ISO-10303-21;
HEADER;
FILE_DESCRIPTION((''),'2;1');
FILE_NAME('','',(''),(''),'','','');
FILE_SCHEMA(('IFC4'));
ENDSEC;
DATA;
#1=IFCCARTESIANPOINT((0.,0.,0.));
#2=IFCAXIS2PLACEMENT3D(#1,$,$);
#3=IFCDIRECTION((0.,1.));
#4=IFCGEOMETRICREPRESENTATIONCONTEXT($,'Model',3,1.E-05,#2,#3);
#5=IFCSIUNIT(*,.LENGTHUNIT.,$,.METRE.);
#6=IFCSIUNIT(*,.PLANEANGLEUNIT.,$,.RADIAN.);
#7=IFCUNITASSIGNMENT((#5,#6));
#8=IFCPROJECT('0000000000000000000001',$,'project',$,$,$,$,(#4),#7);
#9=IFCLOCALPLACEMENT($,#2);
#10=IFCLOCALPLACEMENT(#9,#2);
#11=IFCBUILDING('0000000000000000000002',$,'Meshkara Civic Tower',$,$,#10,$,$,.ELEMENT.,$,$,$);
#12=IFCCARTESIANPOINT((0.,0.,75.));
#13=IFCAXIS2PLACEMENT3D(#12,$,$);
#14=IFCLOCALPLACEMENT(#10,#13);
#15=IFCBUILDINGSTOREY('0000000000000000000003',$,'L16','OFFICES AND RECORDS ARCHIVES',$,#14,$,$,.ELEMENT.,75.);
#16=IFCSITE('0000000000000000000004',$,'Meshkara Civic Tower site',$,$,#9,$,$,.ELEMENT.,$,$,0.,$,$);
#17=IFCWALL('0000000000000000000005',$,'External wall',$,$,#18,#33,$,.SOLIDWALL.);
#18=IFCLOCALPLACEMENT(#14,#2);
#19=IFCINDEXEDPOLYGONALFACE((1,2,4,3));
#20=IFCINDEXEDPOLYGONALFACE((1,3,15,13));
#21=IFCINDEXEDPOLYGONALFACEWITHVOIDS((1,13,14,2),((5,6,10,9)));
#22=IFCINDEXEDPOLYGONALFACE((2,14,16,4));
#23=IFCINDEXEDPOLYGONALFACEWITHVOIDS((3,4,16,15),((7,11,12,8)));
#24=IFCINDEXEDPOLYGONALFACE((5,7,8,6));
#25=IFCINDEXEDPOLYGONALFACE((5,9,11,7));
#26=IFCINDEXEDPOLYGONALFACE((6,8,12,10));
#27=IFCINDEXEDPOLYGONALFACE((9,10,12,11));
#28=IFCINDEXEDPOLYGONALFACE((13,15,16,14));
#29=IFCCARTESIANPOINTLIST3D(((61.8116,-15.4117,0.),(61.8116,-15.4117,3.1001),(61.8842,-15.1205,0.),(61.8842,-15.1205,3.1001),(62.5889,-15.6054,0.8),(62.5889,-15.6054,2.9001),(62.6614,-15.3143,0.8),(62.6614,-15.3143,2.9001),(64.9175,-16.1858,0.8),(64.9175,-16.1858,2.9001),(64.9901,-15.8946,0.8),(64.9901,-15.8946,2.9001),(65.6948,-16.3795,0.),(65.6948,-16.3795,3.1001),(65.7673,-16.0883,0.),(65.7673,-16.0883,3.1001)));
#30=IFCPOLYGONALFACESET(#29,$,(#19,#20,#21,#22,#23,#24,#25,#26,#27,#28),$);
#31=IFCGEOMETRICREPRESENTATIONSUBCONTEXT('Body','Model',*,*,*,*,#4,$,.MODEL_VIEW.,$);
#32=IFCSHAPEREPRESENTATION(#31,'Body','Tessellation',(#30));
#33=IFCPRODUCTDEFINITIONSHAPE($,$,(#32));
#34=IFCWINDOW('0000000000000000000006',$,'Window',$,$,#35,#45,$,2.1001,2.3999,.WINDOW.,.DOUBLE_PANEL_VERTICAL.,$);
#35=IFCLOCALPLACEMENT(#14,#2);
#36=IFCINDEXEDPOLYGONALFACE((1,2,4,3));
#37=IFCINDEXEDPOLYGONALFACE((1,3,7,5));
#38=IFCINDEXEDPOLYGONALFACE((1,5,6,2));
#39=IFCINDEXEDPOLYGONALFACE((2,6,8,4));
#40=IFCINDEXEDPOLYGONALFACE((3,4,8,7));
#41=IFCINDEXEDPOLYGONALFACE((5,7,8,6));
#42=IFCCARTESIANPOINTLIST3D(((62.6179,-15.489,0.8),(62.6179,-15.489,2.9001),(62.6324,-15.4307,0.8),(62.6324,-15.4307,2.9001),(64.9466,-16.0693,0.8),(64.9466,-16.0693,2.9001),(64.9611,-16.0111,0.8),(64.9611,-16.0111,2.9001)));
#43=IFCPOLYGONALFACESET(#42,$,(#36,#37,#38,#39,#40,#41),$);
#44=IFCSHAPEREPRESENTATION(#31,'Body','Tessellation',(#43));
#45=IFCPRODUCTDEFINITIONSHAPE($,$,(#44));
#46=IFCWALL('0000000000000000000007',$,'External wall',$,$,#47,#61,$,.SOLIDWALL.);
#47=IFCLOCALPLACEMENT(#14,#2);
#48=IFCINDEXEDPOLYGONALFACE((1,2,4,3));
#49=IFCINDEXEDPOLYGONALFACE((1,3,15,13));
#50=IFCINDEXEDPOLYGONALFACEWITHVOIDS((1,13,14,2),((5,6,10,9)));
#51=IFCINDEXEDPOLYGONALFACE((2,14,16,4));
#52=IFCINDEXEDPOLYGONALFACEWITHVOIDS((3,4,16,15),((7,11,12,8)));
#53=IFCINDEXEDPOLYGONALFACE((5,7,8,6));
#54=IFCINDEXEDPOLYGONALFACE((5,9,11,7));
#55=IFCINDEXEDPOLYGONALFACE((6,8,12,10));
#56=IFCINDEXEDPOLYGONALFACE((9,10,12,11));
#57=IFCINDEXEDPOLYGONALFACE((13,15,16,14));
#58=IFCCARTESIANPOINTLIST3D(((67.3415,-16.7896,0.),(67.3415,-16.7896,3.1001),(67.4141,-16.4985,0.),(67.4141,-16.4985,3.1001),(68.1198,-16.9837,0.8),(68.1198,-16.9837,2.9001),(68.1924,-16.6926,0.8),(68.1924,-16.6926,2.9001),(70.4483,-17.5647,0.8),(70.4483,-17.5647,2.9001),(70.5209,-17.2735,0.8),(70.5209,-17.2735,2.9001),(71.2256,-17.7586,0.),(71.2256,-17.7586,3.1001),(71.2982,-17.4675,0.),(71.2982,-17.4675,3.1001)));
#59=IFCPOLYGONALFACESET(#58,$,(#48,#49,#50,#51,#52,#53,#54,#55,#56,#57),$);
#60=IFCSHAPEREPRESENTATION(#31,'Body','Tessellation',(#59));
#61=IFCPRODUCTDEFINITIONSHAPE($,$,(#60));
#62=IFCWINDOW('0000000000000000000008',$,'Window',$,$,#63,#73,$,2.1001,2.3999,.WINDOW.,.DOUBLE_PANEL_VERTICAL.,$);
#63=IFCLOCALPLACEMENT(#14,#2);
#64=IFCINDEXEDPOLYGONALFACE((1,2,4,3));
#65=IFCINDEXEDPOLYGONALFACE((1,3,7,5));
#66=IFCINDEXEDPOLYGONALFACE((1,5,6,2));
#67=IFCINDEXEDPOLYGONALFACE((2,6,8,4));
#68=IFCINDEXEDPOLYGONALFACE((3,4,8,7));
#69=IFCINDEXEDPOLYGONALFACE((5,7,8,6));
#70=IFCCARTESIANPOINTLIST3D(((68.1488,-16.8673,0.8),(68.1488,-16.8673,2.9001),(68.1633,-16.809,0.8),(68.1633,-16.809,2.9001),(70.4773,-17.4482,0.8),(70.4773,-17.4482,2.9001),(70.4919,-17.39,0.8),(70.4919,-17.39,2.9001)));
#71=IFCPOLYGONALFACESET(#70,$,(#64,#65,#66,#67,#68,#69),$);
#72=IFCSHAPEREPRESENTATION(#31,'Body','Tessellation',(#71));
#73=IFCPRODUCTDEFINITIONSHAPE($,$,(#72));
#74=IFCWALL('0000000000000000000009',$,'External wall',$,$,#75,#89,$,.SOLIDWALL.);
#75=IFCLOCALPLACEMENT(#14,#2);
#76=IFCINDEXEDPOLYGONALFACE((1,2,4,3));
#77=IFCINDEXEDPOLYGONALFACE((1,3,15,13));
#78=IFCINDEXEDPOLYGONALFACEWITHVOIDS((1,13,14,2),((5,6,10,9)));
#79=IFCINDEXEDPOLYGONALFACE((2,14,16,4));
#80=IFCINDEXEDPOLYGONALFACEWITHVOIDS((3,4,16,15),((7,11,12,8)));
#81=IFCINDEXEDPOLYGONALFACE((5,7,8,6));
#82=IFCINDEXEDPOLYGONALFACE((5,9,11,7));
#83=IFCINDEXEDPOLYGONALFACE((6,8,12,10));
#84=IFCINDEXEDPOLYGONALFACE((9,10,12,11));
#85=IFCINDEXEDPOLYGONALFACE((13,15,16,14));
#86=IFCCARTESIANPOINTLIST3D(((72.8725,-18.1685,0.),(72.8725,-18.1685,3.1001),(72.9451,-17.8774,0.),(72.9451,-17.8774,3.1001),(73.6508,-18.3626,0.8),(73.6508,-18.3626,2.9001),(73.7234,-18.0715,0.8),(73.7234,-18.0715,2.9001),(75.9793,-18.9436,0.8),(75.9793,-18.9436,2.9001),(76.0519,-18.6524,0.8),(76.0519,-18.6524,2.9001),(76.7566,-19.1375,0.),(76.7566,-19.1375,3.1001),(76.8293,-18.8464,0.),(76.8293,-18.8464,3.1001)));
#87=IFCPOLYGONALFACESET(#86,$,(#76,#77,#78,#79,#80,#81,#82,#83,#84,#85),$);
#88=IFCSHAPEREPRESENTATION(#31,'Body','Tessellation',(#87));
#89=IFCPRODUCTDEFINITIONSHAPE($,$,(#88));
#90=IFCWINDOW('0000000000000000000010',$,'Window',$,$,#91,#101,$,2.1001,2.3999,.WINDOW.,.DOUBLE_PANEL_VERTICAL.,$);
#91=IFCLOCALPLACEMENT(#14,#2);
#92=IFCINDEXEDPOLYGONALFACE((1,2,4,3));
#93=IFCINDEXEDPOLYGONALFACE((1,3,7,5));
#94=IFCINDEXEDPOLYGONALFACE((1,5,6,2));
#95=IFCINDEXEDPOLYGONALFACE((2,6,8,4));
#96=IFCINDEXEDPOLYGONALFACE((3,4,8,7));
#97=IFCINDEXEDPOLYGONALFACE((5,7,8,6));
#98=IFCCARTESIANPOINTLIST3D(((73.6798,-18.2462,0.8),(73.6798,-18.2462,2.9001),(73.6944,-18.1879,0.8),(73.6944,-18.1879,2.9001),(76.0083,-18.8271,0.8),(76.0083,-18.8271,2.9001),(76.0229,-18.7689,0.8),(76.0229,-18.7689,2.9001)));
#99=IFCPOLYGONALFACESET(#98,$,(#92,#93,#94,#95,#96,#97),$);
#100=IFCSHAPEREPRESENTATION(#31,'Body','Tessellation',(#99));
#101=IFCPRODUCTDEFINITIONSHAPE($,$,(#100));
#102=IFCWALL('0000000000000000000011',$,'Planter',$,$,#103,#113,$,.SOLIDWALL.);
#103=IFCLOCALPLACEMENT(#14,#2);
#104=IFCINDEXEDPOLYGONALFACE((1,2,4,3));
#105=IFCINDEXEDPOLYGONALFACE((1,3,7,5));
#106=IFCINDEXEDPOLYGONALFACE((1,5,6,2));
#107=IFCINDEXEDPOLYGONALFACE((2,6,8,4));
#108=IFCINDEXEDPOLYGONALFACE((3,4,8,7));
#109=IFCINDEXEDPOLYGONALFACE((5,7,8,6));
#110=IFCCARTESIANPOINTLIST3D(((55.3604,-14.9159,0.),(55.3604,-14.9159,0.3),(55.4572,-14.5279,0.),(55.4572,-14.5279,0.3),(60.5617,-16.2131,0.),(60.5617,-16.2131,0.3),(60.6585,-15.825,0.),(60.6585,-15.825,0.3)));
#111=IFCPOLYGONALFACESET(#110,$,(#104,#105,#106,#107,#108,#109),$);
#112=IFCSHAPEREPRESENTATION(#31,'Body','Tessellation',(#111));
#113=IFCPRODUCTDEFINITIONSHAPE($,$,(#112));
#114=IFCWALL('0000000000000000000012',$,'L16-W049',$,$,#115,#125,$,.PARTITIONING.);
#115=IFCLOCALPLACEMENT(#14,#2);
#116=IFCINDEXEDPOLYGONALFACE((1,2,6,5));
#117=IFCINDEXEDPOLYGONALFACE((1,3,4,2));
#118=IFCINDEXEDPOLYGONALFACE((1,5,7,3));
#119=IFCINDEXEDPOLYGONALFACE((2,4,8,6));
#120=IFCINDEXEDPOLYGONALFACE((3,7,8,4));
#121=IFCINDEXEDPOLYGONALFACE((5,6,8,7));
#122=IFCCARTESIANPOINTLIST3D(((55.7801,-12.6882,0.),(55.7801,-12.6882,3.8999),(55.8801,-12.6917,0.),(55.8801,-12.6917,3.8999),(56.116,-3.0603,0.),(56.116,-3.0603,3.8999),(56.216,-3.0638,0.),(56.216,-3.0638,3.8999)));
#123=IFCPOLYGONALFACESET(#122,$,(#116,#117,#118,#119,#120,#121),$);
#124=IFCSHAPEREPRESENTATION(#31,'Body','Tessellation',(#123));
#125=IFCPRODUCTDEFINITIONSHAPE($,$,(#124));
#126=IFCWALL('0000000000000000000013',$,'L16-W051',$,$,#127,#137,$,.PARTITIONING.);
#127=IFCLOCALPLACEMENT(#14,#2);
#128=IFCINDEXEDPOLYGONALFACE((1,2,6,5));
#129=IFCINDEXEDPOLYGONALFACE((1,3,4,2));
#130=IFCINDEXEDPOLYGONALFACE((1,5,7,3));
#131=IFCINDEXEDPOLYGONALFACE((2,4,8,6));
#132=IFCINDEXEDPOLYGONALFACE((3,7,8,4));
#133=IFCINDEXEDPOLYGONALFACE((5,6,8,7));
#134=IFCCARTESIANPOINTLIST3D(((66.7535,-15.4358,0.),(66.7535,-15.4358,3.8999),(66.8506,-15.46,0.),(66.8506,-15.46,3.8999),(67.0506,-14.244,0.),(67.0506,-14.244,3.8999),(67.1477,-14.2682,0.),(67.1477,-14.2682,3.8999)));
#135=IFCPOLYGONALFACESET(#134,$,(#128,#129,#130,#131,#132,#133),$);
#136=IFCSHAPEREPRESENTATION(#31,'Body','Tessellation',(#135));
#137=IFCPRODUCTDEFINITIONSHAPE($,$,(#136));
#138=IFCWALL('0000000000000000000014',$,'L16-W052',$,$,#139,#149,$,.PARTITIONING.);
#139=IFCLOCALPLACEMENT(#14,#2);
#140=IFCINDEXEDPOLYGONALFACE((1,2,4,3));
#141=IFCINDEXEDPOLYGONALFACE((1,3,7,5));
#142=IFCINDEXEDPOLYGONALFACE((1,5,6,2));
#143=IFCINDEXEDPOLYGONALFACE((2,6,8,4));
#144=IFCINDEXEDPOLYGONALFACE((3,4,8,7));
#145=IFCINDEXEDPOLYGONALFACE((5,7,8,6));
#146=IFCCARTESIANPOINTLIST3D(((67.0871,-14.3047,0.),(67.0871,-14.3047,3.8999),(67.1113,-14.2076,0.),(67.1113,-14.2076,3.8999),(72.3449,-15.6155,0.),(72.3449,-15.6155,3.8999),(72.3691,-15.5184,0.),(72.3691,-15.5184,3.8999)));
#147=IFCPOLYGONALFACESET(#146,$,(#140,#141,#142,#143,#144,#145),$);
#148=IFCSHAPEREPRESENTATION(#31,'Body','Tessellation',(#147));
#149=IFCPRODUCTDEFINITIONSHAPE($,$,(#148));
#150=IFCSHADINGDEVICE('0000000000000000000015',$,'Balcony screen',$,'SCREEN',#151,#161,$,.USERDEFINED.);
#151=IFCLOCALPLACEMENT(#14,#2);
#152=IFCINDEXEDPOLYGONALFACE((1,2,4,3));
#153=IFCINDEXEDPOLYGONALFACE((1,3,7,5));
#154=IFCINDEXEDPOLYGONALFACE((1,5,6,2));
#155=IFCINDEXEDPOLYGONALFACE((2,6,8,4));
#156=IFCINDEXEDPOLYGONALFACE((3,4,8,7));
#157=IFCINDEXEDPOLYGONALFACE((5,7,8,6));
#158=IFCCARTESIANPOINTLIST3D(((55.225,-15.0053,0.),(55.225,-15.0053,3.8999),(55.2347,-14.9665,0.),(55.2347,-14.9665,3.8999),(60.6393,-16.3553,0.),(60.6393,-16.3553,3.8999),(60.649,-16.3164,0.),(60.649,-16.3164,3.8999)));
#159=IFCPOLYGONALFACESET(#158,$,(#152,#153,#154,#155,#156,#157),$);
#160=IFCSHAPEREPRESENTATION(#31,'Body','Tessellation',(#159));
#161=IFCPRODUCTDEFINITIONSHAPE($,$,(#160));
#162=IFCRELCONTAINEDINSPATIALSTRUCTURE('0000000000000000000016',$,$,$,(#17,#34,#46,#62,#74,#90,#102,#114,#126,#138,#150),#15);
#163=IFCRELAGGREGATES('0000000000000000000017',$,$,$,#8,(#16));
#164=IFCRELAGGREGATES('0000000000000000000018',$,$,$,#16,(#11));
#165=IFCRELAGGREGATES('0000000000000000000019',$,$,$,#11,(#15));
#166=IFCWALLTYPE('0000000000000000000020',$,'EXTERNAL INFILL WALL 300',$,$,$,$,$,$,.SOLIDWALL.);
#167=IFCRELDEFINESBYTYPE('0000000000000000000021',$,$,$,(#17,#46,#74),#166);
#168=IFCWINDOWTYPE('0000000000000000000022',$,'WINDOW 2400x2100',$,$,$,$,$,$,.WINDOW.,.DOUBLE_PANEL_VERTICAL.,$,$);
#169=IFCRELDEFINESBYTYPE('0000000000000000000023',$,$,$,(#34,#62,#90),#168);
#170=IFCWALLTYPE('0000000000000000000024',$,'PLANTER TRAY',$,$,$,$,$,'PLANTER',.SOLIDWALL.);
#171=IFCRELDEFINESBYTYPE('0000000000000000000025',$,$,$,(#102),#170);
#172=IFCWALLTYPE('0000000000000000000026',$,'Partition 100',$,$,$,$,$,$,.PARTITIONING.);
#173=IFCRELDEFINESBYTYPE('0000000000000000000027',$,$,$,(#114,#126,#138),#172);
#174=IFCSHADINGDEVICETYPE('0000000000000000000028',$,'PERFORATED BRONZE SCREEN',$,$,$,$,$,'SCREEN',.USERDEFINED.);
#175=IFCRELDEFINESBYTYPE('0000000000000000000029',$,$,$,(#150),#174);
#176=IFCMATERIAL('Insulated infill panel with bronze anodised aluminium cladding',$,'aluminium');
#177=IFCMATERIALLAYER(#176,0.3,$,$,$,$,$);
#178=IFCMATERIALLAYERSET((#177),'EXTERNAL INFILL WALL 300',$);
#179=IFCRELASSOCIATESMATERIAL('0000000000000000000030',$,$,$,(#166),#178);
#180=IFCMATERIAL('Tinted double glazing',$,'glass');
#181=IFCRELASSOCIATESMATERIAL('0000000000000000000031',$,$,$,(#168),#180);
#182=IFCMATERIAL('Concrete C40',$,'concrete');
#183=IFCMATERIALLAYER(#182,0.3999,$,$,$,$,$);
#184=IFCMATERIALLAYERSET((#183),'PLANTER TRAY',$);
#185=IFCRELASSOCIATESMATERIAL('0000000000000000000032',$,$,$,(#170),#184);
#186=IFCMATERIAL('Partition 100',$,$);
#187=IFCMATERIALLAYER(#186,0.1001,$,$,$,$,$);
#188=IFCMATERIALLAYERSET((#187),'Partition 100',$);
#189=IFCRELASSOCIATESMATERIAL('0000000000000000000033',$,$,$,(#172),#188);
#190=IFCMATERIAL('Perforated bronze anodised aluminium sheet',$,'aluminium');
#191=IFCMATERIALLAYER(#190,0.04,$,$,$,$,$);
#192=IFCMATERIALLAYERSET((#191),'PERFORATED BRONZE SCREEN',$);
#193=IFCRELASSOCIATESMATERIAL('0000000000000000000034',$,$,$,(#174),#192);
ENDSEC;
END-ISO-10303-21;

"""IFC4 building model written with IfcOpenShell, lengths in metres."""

from ifc_helpers import new_model, si_unit, direction, frame, frame_2d, origin, origin_2d, place, context, subcontext, project, spatial, rectangle, extrude, material, layer, layer_set, type_object, element, fill, save


model = new_model("IFC4")

# Units and contexts
model_context = context("Model", 3, precision=1e-05, world=origin(), true_north=direction((0.0, 1.0)))
body_context = subcontext(model_context, "Body", "Model", "MODEL_VIEW")
ifc_project = project(units=[si_unit("LENGTHUNIT", "METRE"), si_unit("PLANEANGLEUNIT", "RADIAN")], contexts=[model_context])

# Site, building, storey
site_placement = place(None, origin())
site = spatial("IfcSite", under=ifc_project, at=site_placement, Name="Meshkara Civic Tower site", CompositionType="ELEMENT", RefElevation=0.0)
building_placement = place(site_placement, origin())
building = spatial("IfcBuilding", under=site, at=building_placement, Name="Meshkara Civic Tower", CompositionType="ELEMENT")
storey_placement = place(building_placement, frame((0.0, 0.0, 75.0)))
storey = spatial("IfcBuildingStorey", under=building, at=storey_placement, Name="L16", Description="OFFICES AND RECORDS ARCHIVES", CompositionType="ELEMENT", Elevation=75.0)

# Walls, openings, windows
ifc_material_1 = material(Name="Insulated infill panel with bronze anodised aluminium cladding", Category="aluminium")
ifc_layer_1 = layer(ifc_material_1, 0.3)
ifc_layer_set_1 = layer_set([ifc_layer_1], Name="EXTERNAL INFILL WALL 300")
wall_type_1 = type_object("IfcWallType", Name="EXTERNAL INFILL WALL 300", PredefinedType="SOLIDWALL", material=ifc_layer_set_1)
wall_1_placement = place(storey_placement, frame((61.8479, -15.2661, 0.0), z_axis=(0.0, 0.0, 1.0), x_axis=(0.970318, -0.241832, 0.0)))
wall_1 = element("IfcWall", 1, at=wall_1_placement, inside=storey, type_object=wall_type_1, Name="External wall", PredefinedType="SOLIDWALL", context=body_context, shape_type="SweptSolid", body=[
    extrude(rectangle(XDim=4.002, YDim=0.3, at=frame_2d((2.001, 0.0))), origin(), (0.0, 0.0, 1.0), 3.1001),
])
opening_1_placement = place(wall_1_placement, frame((0.801, 0.0, 0.8)))
opening_1 = element("IfcOpeningElement", 2, at=opening_1_placement, cuts=wall_1, PredefinedType="OPENING", context=body_context, shape_type="SweptSolid", body=[
    extrude(rectangle(XDim=2.3999, YDim=2.1001, at=frame_2d((1.2, 1.05))), frame((0.0, 0.1599, 0.0), z_axis=(0.0, -1.0, 0.0), x_axis=(1.0, 0.0, 0.0)), (0.0, 0.0, 1.0), 0.3201),
])
ifc_material_2 = material(Name="Tinted double glazing", Category="glass")
window_type = type_object("IfcWindowType", Name="WINDOW 2400x2100", PartitioningType="DOUBLE_PANEL_VERTICAL", PredefinedType="WINDOW", material=ifc_material_2)
window_1_placement = place(opening_1_placement, origin())
window_1 = element("IfcWindow", 3, at=window_1_placement, inside=storey, type_object=window_type, Name="Window", OverallHeight=2.1001, OverallWidth=2.3999, PartitioningType="DOUBLE_PANEL_VERTICAL", PredefinedType="WINDOW", context=body_context, shape_type="SweptSolid", body=[
    extrude(rectangle(XDim=2.3999, YDim=2.1001, at=frame_2d((1.2, 1.05))), frame((0.0, 0.03, 0.0), z_axis=(0.0, -1.0, 0.0), x_axis=(1.0, 0.0, 0.0)), (0.0, 0.0, 1.0), 0.0601),
])
fill(opening_1, window_1)
wall_2_placement = place(storey_placement, frame((67.3779, -16.644, 0.0), z_axis=(0.0, 0.0, 1.0), x_axis=(0.970261, -0.242062, 0.0)))
wall_2 = element("IfcWall", 4, at=wall_2_placement, inside=storey, type_object=wall_type_1, Name="External wall", PredefinedType="SOLIDWALL", context=body_context, shape_type="SweptSolid", body=[
    extrude(rectangle(XDim=4.0032, YDim=0.3, at=frame_2d((2.0015, 0.0))), origin(), (0.0, 0.0, 1.0), 3.1001),
])
opening_2_placement = place(wall_2_placement, frame((0.802, 0.0, 0.8)))
opening_2 = element("IfcOpeningElement", 5, at=opening_2_placement, cuts=wall_2, PredefinedType="OPENING", context=body_context, shape_type="SweptSolid", body=[
    extrude(rectangle(XDim=2.3999, YDim=2.1001, at=frame_2d((1.2, 1.05))), frame((0.0, 0.1599, 0.0), z_axis=(0.0, -1.0, 0.0), x_axis=(1.0, 0.0, 0.0)), (0.0, 0.0, 1.0), 0.3201),
])
window_2_placement = place(opening_2_placement, origin())
window_2 = element("IfcWindow", 6, at=window_2_placement, inside=storey, type_object=window_type, Name="Window", OverallHeight=2.1001, OverallWidth=2.3999, PartitioningType="DOUBLE_PANEL_VERTICAL", PredefinedType="WINDOW", context=body_context, shape_type="SweptSolid", body=[
    extrude(rectangle(XDim=2.3999, YDim=2.1001, at=frame_2d((1.2, 1.05))), frame((0.0, 0.03, 0.0), z_axis=(0.0, -1.0, 0.0), x_axis=(1.0, 0.0, 0.0)), (0.0, 0.0, 1.0), 0.0601),
])
fill(opening_2, window_2)
wall_3_placement = place(storey_placement, frame((72.9089, -18.0229, 0.0), z_axis=(0.0, 0.0, 1.0), x_axis=(0.970261, -0.242062, 0.0)))
wall_3 = element("IfcWall", 7, at=wall_3_placement, inside=storey, type_object=wall_type_1, Name="External wall", PredefinedType="SOLIDWALL", context=body_context, shape_type="SweptSolid", body=[
    extrude(rectangle(XDim=4.0032, YDim=0.3, at=frame_2d((2.0015, 0.0))), origin(), (0.0, 0.0, 1.0), 3.1001),
])
opening_3_placement = place(wall_3_placement, frame((0.802, 0.0, 0.8)))
opening_3 = element("IfcOpeningElement", 8, at=opening_3_placement, cuts=wall_3, PredefinedType="OPENING", context=body_context, shape_type="SweptSolid", body=[
    extrude(rectangle(XDim=2.3999, YDim=2.1001, at=frame_2d((1.2, 1.05))), frame((0.0, 0.1599, 0.0), z_axis=(0.0, -1.0, 0.0), x_axis=(1.0, 0.0, 0.0)), (0.0, 0.0, 1.0), 0.3201),
])
window_3_placement = place(opening_3_placement, origin())
window_3 = element("IfcWindow", 9, at=window_3_placement, inside=storey, type_object=window_type, Name="Window", OverallHeight=2.1001, OverallWidth=2.3999, PartitioningType="DOUBLE_PANEL_VERTICAL", PredefinedType="WINDOW", context=body_context, shape_type="SweptSolid", body=[
    extrude(rectangle(XDim=2.3999, YDim=2.1001, at=frame_2d((1.2, 1.05))), frame((0.0, 0.03, 0.0), z_axis=(0.0, -1.0, 0.0), x_axis=(1.0, 0.0, 0.0)), (0.0, 0.0, 1.0), 0.0601),
])
fill(opening_3, window_3)

# Walls
ifc_material_3 = material(Name="Concrete C40", Category="concrete")
ifc_layer_2 = layer(ifc_material_3, 0.3999)
ifc_layer_set_2 = layer_set([ifc_layer_2], Name="PLANTER TRAY")
wall_type_2 = type_object("IfcWallType", Name="PLANTER TRAY", ElementType="PLANTER", PredefinedType="SOLIDWALL", material=ifc_layer_set_2)
wall_4_placement = place(storey_placement, frame((55.4089, -14.7219, 0.0), z_axis=(0.0, 0.0, 1.0), x_axis=(0.970282, -0.241978, 0.0)))
element("IfcWall", 10, at=wall_4_placement, inside=storey, type_object=wall_type_2, Name="Planter", PredefinedType="SOLIDWALL", context=body_context, shape_type="SweptSolid", body=[
    extrude(rectangle(XDim=5.3606, YDim=0.3999, at=frame_2d((2.6802, 0.0))), origin(), (0.0, 0.0, 1.0), 0.3),
])
ifc_material_4 = material(Name="Partition 100")
ifc_layer_3 = layer(ifc_material_4, 0.1001)
ifc_layer_set_3 = layer_set([ifc_layer_3], Name="Partition 100")
wall_type_3 = type_object("IfcWallType", Name="Partition 100", PredefinedType="PARTITIONING", material=ifc_layer_set_3)
wall_5_placement = place(storey_placement, frame((55.8301, -12.6899, 0.0), z_axis=(0.0, 0.0, 1.0), x_axis=(0.034871, 0.999392, 0.0)))
element("IfcWall", 11, at=wall_5_placement, inside=storey, type_object=wall_type_3, Name="L16-W049", PredefinedType="PARTITIONING", context=body_context, shape_type="SweptSolid", body=[
    extrude(rectangle(XDim=9.6338, YDim=0.1001, at=frame_2d((4.8169, 0.0))), origin(), (0.0, 0.0, 1.0), 3.8999),
])
wall_6_placement = place(storey_placement, frame((66.802, -15.448, 0.0), z_axis=(0.0, 0.0, 1.0), x_axis=(0.241881, 0.970306, 0.0)))
element("IfcWall", 12, at=wall_6_placement, inside=storey, type_object=wall_type_3, Name="L16-W051", PredefinedType="PARTITIONING", context=body_context, shape_type="SweptSolid", body=[
    extrude(rectangle(XDim=1.2283, YDim=0.1001, at=frame_2d((0.6143, 0.0))), origin(), (0.0, 0.0, 1.0), 3.8999),
])
wall_7_placement = place(storey_placement, frame((67.0991, -14.2561, 0.0), z_axis=(0.0, 0.0, 1.0), x_axis=(0.970301, -0.2419, 0.0)))
element("IfcWall", 13, at=wall_7_placement, inside=storey, type_object=wall_type_3, Name="L16-W052", PredefinedType="PARTITIONING", context=body_context, shape_type="SweptSolid", body=[
    extrude(rectangle(XDim=5.4187, YDim=0.1001, at=frame_2d((2.7095, 0.0))), origin(), (0.0, 0.0, 1.0), 3.8999),
])

# Shading device
ifc_material_5 = material(Name="Perforated bronze anodised aluminium sheet", Category="aluminium")
ifc_layer_4 = layer(ifc_material_5, 0.04)
ifc_layer_set_4 = layer_set([ifc_layer_4], Name="PERFORATED BRONZE SCREEN")
shading_device_type = type_object("IfcShadingDeviceType", Name="PERFORATED BRONZE SCREEN", ElementType="SCREEN", PredefinedType="USERDEFINED", material=ifc_layer_set_4)
shading_device_placement = place(storey_placement, frame((57.937, -15.6609, 0.0), z_axis=(0.0, 0.0, 1.0), x_axis=(0.970296, -0.241922, 0.0)))
element("IfcShadingDevice", 14, at=shading_device_placement, inside=storey, type_object=shading_device_type, Name="Balcony screen", ObjectType="SCREEN", PredefinedType="USERDEFINED", context=body_context, shape_type="SweptSolid", body=[
    extrude(rectangle(XDim=5.5801, YDim=0.04, at=origin_2d()), origin(), (0.0, 0.0, 1.0), 3.8999),
])

save(model, "model.ifc")
